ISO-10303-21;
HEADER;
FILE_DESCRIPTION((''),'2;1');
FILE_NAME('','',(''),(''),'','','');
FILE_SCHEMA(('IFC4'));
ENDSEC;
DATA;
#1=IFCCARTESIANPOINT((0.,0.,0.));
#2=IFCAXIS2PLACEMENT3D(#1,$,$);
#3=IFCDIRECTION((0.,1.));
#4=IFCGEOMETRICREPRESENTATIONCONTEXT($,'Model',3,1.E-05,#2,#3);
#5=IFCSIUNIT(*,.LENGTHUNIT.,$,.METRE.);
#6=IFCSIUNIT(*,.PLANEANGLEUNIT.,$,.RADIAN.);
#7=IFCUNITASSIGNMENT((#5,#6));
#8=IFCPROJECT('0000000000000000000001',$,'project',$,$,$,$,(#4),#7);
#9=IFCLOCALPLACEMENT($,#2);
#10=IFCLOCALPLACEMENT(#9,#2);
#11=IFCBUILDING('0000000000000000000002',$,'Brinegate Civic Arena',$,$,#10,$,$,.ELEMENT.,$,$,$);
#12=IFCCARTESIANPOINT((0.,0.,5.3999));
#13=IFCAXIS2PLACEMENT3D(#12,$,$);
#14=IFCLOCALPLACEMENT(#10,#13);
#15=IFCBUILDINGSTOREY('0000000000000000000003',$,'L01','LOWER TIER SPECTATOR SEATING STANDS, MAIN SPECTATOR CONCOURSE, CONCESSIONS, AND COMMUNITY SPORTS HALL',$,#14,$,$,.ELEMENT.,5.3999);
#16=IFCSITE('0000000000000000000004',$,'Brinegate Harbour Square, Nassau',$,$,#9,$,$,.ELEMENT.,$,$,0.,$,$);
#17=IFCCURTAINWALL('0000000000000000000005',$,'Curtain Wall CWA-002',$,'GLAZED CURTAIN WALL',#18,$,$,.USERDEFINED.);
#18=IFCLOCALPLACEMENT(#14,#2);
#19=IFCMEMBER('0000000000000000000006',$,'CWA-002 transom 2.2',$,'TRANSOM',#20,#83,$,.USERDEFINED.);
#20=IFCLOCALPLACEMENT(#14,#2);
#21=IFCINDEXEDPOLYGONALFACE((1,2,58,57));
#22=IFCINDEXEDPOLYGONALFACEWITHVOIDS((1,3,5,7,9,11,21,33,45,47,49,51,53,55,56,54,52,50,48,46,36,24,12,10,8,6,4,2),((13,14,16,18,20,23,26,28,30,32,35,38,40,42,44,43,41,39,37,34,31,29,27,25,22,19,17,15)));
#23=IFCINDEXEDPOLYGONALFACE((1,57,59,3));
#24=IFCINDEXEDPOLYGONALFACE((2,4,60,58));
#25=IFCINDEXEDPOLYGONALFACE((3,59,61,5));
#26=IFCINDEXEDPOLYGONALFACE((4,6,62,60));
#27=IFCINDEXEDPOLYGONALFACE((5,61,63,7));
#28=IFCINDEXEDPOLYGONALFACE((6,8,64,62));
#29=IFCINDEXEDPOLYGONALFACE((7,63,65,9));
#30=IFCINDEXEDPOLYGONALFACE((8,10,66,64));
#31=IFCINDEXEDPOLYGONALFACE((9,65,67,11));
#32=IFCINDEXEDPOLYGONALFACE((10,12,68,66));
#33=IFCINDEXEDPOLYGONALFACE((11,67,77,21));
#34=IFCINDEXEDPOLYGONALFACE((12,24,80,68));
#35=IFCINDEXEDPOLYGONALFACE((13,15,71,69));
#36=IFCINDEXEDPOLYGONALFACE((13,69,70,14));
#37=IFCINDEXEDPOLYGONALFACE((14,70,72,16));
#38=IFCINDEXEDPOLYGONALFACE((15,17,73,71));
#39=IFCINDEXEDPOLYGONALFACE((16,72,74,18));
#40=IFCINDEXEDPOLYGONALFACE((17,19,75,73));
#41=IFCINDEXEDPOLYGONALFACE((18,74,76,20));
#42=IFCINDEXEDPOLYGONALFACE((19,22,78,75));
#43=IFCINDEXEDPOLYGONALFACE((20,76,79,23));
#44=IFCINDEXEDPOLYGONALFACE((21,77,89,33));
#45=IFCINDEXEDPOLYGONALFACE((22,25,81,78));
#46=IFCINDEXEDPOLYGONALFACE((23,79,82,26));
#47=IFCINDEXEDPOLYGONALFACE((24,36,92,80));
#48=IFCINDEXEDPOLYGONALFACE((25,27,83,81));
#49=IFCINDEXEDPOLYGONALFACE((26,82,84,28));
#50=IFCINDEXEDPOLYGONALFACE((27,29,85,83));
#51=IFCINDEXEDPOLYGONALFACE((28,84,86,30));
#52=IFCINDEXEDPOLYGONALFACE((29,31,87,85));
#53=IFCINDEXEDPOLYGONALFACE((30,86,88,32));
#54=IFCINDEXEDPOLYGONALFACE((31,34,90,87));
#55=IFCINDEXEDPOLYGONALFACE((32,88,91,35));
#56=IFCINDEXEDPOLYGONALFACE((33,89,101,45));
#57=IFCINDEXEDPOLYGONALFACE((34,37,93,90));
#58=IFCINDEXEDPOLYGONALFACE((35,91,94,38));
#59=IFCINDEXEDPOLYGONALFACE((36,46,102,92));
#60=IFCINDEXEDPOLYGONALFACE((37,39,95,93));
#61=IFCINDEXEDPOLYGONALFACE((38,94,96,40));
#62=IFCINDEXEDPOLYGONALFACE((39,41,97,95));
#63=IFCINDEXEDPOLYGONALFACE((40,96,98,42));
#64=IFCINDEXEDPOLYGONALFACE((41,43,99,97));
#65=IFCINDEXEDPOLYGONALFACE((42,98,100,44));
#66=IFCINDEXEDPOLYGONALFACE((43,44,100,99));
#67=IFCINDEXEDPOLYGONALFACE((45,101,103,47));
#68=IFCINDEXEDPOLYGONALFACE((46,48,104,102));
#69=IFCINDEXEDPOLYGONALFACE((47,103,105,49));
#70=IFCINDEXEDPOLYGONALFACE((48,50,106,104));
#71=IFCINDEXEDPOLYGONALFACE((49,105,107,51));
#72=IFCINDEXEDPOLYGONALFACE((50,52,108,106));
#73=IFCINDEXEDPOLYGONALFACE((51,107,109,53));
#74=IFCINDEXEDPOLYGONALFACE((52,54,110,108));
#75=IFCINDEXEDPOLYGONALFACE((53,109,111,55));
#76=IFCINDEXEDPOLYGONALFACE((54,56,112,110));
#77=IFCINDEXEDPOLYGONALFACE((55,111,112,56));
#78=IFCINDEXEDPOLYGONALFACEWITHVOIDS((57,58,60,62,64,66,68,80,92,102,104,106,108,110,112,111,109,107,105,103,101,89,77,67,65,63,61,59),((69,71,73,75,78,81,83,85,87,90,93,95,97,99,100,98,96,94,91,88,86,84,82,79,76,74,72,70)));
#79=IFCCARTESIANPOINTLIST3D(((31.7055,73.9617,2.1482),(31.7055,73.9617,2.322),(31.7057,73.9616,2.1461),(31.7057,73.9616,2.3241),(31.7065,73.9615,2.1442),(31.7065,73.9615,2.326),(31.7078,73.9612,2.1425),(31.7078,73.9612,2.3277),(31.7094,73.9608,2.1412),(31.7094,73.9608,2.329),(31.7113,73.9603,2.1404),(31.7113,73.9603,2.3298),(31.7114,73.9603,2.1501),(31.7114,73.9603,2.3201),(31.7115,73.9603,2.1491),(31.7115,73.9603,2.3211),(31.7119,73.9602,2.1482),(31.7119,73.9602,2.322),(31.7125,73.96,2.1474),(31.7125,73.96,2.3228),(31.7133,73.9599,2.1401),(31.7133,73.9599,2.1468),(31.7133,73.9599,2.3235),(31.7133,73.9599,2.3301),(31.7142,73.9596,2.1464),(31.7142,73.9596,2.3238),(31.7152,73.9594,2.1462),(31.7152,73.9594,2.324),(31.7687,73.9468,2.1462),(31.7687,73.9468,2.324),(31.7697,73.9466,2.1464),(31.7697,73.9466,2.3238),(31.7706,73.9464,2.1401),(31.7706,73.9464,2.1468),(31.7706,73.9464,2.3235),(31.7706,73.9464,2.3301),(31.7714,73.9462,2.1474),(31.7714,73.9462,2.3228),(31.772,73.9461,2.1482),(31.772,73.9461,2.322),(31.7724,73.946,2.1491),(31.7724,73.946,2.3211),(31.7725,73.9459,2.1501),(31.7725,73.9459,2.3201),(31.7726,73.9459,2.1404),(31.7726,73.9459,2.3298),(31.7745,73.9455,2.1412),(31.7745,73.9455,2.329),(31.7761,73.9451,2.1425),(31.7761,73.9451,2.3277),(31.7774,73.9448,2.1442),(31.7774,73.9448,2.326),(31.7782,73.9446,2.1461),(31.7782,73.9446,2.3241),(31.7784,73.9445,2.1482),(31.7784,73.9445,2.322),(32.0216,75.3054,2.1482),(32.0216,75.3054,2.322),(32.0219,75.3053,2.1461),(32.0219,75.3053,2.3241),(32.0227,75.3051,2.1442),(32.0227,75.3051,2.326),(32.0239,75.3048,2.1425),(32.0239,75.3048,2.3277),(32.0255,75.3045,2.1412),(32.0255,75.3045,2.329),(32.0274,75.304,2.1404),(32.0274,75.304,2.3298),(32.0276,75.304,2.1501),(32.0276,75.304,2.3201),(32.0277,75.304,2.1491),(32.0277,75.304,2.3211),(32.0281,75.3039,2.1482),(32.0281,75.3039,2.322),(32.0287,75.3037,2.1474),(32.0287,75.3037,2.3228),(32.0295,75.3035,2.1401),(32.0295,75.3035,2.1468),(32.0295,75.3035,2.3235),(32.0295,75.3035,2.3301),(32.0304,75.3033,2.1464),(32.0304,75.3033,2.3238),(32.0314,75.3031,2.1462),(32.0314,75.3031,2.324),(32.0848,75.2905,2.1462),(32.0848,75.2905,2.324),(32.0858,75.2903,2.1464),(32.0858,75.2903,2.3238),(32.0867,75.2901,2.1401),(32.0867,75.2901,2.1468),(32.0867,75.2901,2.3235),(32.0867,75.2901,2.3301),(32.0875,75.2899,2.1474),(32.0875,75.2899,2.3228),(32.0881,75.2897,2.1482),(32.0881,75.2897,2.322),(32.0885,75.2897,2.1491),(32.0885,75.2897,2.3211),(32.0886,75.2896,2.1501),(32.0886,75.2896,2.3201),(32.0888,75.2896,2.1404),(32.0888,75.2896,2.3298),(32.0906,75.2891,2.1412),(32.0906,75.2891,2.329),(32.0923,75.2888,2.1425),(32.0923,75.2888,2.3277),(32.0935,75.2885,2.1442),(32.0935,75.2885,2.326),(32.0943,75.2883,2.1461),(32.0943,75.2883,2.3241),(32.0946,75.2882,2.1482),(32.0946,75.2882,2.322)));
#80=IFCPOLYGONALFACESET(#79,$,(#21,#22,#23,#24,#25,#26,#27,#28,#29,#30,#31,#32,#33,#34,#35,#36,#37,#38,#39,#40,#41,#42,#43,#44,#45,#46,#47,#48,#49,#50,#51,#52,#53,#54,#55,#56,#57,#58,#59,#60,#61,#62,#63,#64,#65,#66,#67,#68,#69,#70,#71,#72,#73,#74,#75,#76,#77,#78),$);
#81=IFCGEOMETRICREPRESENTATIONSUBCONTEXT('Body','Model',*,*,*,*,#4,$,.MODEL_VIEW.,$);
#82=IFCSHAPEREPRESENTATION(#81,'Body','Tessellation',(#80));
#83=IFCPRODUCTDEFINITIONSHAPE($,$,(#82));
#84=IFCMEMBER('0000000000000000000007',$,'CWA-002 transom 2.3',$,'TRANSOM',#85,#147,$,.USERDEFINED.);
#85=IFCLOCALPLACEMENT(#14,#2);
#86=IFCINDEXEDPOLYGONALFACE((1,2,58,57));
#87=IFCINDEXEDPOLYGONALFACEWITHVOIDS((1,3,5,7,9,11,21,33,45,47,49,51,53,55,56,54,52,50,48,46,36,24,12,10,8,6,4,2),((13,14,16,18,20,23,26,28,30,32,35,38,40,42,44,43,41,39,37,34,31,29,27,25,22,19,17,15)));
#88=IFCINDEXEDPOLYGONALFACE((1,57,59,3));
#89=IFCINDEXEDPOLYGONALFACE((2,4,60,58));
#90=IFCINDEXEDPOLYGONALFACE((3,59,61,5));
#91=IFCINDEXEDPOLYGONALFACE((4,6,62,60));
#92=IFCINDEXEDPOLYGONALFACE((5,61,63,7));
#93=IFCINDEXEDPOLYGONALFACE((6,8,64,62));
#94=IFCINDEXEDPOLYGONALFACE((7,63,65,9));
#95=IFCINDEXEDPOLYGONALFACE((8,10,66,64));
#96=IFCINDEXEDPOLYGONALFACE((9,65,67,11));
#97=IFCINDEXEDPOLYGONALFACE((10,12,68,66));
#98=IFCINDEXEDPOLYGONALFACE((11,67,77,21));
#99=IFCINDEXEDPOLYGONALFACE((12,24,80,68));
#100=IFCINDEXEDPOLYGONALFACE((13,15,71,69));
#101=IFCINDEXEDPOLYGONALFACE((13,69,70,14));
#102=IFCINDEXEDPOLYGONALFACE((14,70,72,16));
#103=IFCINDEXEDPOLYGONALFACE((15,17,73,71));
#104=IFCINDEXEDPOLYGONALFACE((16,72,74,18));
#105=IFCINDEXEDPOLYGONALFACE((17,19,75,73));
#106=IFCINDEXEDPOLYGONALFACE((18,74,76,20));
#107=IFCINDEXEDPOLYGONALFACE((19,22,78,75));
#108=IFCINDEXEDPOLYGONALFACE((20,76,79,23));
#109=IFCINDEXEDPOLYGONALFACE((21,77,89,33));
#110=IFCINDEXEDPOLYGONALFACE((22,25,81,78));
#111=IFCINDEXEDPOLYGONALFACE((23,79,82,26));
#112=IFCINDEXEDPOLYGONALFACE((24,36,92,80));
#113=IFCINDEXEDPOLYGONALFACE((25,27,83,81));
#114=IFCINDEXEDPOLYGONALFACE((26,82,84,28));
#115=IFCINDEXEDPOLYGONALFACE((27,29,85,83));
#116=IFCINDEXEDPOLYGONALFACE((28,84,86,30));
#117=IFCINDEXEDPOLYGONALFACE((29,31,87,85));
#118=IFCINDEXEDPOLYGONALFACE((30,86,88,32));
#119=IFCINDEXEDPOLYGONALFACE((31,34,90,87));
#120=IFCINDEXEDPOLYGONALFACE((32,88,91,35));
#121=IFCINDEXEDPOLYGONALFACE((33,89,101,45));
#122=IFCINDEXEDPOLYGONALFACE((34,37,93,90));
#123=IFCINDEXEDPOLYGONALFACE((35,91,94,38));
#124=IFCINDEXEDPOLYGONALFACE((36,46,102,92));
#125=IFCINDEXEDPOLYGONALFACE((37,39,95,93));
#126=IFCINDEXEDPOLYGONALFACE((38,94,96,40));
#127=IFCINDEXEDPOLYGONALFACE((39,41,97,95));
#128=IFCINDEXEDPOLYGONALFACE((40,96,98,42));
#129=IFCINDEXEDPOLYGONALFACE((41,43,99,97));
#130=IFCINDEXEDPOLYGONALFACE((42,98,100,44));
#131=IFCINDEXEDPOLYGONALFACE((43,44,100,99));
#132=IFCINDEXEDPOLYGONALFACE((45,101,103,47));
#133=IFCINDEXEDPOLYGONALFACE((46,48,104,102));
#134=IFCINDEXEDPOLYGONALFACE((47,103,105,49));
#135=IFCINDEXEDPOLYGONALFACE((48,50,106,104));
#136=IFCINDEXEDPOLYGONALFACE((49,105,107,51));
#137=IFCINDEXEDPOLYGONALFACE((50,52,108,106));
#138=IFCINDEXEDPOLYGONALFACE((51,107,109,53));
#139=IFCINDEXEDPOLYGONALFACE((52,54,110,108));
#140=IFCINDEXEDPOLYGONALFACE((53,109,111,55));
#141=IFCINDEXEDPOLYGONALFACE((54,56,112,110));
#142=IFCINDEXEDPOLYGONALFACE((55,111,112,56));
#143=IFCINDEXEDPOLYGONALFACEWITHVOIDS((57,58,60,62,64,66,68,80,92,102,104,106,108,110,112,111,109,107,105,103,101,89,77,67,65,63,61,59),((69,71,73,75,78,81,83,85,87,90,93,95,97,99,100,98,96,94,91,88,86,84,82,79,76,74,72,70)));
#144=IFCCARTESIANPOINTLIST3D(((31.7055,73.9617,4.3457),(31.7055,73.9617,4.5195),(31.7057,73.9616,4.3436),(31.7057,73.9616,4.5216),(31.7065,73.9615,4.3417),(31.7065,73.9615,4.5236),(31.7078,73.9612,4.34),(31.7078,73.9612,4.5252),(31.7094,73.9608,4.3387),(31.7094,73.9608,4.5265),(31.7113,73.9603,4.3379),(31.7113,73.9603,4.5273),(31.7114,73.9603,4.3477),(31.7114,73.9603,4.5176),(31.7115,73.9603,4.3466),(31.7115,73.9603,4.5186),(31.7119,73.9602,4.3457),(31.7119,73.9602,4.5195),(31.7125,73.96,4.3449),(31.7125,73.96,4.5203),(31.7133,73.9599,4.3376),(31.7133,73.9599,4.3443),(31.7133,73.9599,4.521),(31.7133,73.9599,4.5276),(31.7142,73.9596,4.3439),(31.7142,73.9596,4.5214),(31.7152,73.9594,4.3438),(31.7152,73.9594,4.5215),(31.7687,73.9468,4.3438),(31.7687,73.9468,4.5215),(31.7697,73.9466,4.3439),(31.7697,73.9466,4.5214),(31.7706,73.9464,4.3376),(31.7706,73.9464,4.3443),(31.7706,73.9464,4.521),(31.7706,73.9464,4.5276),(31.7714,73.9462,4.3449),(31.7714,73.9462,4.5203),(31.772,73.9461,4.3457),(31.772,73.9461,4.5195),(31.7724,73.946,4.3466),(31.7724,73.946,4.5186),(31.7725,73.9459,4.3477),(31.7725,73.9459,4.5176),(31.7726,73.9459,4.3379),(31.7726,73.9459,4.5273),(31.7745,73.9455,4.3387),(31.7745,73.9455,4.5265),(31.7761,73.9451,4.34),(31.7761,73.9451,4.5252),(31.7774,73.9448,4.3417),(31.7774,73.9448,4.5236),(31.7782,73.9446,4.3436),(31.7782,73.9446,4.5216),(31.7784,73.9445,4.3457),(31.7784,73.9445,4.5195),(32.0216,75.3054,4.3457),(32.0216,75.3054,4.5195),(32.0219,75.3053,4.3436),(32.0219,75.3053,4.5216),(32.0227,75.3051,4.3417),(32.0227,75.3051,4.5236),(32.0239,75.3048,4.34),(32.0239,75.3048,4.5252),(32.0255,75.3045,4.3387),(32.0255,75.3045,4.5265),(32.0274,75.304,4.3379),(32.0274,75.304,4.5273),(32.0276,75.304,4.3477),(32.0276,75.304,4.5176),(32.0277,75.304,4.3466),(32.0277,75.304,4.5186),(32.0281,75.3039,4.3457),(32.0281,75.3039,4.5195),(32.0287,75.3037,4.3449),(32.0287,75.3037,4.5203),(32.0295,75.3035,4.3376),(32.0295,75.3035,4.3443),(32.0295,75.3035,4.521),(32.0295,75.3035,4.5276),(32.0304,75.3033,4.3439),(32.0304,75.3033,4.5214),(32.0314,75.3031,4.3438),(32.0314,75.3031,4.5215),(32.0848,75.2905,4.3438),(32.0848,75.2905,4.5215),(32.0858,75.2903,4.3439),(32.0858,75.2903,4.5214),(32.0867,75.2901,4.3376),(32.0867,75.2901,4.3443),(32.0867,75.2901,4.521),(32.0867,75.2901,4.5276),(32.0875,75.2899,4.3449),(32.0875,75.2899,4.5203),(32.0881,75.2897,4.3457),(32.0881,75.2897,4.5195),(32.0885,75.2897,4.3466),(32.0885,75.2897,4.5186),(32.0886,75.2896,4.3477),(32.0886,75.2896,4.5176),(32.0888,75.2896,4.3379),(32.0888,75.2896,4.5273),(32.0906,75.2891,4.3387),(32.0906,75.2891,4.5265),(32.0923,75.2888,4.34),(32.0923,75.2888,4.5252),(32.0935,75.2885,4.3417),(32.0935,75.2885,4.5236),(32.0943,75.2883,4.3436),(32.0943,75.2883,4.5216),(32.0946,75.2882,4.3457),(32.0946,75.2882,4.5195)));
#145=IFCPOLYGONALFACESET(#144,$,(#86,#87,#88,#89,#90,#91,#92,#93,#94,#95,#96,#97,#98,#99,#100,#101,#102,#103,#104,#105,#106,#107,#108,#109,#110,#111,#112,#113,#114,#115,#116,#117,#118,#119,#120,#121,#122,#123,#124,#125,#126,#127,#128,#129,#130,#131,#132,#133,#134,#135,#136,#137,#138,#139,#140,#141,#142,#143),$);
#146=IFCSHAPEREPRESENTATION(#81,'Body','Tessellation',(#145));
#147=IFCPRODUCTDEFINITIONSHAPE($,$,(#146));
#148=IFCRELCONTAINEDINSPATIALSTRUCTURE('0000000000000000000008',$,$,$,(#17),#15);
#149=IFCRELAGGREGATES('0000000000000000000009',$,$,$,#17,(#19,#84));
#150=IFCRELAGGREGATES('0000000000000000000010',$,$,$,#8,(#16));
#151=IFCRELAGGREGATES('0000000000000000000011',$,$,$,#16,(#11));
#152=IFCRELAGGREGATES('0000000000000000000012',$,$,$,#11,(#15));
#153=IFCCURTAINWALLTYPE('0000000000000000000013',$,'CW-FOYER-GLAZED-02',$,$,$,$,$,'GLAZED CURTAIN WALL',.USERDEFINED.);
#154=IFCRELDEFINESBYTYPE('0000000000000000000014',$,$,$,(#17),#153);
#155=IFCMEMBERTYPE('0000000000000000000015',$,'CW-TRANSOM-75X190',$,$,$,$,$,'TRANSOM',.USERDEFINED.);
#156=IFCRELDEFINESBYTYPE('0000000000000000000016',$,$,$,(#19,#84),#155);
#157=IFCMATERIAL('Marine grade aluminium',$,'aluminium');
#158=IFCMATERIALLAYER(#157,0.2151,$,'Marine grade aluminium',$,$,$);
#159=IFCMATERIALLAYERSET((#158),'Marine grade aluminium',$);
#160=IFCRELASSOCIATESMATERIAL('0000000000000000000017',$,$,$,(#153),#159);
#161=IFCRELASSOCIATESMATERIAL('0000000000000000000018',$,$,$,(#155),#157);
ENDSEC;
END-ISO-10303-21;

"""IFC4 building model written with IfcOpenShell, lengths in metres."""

from ifc_helpers import new_model, si_unit, direction, frame, origin, origin_2d, place, context, subcontext, project, spatial, hollow_rectangle, extrude, material, layer, layer_set, material_profile, profile_set, type_object, element, aggregate, save


model = new_model("IFC4")

# Units and contexts
model_context = context("Model", 3, precision=1e-05, world=origin(), true_north=direction((0.0, 1.0)))
body_context = subcontext(model_context, "Body", "Model", "MODEL_VIEW")
ifc_project = project(units=[si_unit("LENGTHUNIT", "METRE"), si_unit("PLANEANGLEUNIT", "RADIAN")], contexts=[model_context])

# Site, building, storey
site_placement = place(None, origin())
site = spatial("IfcSite", under=ifc_project, at=site_placement, Name="Brinegate Harbour Square, Nassau", CompositionType="ELEMENT", RefElevation=0.0)
building_placement = place(site_placement, origin())
building = spatial("IfcBuilding", under=site, at=building_placement, Name="Brinegate Civic Arena", CompositionType="ELEMENT")
storey_placement = place(building_placement, frame((0.0, 0.0, 5.3999)))
storey = spatial("IfcBuildingStorey", under=building, at=storey_placement, Name="L01", Description="LOWER TIER SPECTATOR SEATING STANDS, MAIN SPECTATOR CONCOURSE, CONCESSIONS, AND COMMUNITY SPORTS HALL", CompositionType="ELEMENT", Elevation=5.3999)

# Curtain wall, members
ifc_material_1 = material(Name="Marine grade aluminium", Category="aluminium")
ifc_layer_1 = layer(ifc_material_1, 0.2151, Name="Marine grade aluminium")
ifc_layer_set_1 = layer_set([ifc_layer_1], Name="Marine grade aluminium")
curtain_wall_type = type_object("IfcCurtainWallType", Name="CW-FOYER-GLAZED-02", ElementType="GLAZED CURTAIN WALL", PredefinedType="USERDEFINED", material=ifc_layer_set_1)
curtain_wall_placement = place(storey_placement, origin())
curtain_wall = element("IfcCurtainWall", 1, at=curtain_wall_placement, inside=storey, type_object=curtain_wall_type, Name="Curtain Wall CWA-002", ObjectType="GLAZED CURTAIN WALL", PredefinedType="USERDEFINED")
ifc_material_profile_1 = material_profile(ifc_material_1, hollow_rectangle(XDim=0.075, YDim=0.1899, WallThickness=0.0061, InnerFilletRadius=0.0039, OuterFilletRadius=0.0081, at=origin_2d()), Name="TRN75X190")
ifc_profile_set_1 = profile_set([ifc_material_profile_1], Name="Marine grade aluminium")
member_type_1 = type_object("IfcMemberType", Name="CW-TRANSOM-75X190", ElementType="TRANSOM", PredefinedType="USERDEFINED", material=ifc_profile_set_1)
member_1_placement = place(storey_placement, frame((31.7419, 73.9531, 2.2351), z_axis=(0.229029, 0.973419, 0.0), x_axis=(-0.973419, 0.229029, 0.0)))
member_1 = element("IfcMember", 2, at=member_1_placement, type_object=member_type_1, Name="CWA-002 transom 2.2", ObjectType="TRANSOM", PredefinedType="USERDEFINED", context=body_context, shape_type="SweptSolid", body=[
    extrude(hollow_rectangle(XDim=0.075, YDim=0.1899, WallThickness=0.0061, InnerFilletRadius=0.0039, OuterFilletRadius=0.0081, at=origin_2d()), origin(), (0.0, 0.0, 1.0), 1.3804),
])
member_2_placement = place(storey_placement, frame((31.7419, 73.9531, 4.4326), z_axis=(0.229029, 0.973419, 0.0), x_axis=(-0.973419, 0.229029, 0.0)))
member_2 = element("IfcMember", 3, at=member_2_placement, type_object=member_type_1, Name="CWA-002 transom 2.3", ObjectType="TRANSOM", PredefinedType="USERDEFINED", context=body_context, shape_type="SweptSolid", body=[
    extrude(hollow_rectangle(XDim=0.075, YDim=0.1899, WallThickness=0.0061, InnerFilletRadius=0.0039, OuterFilletRadius=0.0081, at=origin_2d()), origin(), (0.0, 0.0, 1.0), 1.3804),
])
aggregate(curtain_wall, [member_1, member_2])

save(model, "model.ifc")
